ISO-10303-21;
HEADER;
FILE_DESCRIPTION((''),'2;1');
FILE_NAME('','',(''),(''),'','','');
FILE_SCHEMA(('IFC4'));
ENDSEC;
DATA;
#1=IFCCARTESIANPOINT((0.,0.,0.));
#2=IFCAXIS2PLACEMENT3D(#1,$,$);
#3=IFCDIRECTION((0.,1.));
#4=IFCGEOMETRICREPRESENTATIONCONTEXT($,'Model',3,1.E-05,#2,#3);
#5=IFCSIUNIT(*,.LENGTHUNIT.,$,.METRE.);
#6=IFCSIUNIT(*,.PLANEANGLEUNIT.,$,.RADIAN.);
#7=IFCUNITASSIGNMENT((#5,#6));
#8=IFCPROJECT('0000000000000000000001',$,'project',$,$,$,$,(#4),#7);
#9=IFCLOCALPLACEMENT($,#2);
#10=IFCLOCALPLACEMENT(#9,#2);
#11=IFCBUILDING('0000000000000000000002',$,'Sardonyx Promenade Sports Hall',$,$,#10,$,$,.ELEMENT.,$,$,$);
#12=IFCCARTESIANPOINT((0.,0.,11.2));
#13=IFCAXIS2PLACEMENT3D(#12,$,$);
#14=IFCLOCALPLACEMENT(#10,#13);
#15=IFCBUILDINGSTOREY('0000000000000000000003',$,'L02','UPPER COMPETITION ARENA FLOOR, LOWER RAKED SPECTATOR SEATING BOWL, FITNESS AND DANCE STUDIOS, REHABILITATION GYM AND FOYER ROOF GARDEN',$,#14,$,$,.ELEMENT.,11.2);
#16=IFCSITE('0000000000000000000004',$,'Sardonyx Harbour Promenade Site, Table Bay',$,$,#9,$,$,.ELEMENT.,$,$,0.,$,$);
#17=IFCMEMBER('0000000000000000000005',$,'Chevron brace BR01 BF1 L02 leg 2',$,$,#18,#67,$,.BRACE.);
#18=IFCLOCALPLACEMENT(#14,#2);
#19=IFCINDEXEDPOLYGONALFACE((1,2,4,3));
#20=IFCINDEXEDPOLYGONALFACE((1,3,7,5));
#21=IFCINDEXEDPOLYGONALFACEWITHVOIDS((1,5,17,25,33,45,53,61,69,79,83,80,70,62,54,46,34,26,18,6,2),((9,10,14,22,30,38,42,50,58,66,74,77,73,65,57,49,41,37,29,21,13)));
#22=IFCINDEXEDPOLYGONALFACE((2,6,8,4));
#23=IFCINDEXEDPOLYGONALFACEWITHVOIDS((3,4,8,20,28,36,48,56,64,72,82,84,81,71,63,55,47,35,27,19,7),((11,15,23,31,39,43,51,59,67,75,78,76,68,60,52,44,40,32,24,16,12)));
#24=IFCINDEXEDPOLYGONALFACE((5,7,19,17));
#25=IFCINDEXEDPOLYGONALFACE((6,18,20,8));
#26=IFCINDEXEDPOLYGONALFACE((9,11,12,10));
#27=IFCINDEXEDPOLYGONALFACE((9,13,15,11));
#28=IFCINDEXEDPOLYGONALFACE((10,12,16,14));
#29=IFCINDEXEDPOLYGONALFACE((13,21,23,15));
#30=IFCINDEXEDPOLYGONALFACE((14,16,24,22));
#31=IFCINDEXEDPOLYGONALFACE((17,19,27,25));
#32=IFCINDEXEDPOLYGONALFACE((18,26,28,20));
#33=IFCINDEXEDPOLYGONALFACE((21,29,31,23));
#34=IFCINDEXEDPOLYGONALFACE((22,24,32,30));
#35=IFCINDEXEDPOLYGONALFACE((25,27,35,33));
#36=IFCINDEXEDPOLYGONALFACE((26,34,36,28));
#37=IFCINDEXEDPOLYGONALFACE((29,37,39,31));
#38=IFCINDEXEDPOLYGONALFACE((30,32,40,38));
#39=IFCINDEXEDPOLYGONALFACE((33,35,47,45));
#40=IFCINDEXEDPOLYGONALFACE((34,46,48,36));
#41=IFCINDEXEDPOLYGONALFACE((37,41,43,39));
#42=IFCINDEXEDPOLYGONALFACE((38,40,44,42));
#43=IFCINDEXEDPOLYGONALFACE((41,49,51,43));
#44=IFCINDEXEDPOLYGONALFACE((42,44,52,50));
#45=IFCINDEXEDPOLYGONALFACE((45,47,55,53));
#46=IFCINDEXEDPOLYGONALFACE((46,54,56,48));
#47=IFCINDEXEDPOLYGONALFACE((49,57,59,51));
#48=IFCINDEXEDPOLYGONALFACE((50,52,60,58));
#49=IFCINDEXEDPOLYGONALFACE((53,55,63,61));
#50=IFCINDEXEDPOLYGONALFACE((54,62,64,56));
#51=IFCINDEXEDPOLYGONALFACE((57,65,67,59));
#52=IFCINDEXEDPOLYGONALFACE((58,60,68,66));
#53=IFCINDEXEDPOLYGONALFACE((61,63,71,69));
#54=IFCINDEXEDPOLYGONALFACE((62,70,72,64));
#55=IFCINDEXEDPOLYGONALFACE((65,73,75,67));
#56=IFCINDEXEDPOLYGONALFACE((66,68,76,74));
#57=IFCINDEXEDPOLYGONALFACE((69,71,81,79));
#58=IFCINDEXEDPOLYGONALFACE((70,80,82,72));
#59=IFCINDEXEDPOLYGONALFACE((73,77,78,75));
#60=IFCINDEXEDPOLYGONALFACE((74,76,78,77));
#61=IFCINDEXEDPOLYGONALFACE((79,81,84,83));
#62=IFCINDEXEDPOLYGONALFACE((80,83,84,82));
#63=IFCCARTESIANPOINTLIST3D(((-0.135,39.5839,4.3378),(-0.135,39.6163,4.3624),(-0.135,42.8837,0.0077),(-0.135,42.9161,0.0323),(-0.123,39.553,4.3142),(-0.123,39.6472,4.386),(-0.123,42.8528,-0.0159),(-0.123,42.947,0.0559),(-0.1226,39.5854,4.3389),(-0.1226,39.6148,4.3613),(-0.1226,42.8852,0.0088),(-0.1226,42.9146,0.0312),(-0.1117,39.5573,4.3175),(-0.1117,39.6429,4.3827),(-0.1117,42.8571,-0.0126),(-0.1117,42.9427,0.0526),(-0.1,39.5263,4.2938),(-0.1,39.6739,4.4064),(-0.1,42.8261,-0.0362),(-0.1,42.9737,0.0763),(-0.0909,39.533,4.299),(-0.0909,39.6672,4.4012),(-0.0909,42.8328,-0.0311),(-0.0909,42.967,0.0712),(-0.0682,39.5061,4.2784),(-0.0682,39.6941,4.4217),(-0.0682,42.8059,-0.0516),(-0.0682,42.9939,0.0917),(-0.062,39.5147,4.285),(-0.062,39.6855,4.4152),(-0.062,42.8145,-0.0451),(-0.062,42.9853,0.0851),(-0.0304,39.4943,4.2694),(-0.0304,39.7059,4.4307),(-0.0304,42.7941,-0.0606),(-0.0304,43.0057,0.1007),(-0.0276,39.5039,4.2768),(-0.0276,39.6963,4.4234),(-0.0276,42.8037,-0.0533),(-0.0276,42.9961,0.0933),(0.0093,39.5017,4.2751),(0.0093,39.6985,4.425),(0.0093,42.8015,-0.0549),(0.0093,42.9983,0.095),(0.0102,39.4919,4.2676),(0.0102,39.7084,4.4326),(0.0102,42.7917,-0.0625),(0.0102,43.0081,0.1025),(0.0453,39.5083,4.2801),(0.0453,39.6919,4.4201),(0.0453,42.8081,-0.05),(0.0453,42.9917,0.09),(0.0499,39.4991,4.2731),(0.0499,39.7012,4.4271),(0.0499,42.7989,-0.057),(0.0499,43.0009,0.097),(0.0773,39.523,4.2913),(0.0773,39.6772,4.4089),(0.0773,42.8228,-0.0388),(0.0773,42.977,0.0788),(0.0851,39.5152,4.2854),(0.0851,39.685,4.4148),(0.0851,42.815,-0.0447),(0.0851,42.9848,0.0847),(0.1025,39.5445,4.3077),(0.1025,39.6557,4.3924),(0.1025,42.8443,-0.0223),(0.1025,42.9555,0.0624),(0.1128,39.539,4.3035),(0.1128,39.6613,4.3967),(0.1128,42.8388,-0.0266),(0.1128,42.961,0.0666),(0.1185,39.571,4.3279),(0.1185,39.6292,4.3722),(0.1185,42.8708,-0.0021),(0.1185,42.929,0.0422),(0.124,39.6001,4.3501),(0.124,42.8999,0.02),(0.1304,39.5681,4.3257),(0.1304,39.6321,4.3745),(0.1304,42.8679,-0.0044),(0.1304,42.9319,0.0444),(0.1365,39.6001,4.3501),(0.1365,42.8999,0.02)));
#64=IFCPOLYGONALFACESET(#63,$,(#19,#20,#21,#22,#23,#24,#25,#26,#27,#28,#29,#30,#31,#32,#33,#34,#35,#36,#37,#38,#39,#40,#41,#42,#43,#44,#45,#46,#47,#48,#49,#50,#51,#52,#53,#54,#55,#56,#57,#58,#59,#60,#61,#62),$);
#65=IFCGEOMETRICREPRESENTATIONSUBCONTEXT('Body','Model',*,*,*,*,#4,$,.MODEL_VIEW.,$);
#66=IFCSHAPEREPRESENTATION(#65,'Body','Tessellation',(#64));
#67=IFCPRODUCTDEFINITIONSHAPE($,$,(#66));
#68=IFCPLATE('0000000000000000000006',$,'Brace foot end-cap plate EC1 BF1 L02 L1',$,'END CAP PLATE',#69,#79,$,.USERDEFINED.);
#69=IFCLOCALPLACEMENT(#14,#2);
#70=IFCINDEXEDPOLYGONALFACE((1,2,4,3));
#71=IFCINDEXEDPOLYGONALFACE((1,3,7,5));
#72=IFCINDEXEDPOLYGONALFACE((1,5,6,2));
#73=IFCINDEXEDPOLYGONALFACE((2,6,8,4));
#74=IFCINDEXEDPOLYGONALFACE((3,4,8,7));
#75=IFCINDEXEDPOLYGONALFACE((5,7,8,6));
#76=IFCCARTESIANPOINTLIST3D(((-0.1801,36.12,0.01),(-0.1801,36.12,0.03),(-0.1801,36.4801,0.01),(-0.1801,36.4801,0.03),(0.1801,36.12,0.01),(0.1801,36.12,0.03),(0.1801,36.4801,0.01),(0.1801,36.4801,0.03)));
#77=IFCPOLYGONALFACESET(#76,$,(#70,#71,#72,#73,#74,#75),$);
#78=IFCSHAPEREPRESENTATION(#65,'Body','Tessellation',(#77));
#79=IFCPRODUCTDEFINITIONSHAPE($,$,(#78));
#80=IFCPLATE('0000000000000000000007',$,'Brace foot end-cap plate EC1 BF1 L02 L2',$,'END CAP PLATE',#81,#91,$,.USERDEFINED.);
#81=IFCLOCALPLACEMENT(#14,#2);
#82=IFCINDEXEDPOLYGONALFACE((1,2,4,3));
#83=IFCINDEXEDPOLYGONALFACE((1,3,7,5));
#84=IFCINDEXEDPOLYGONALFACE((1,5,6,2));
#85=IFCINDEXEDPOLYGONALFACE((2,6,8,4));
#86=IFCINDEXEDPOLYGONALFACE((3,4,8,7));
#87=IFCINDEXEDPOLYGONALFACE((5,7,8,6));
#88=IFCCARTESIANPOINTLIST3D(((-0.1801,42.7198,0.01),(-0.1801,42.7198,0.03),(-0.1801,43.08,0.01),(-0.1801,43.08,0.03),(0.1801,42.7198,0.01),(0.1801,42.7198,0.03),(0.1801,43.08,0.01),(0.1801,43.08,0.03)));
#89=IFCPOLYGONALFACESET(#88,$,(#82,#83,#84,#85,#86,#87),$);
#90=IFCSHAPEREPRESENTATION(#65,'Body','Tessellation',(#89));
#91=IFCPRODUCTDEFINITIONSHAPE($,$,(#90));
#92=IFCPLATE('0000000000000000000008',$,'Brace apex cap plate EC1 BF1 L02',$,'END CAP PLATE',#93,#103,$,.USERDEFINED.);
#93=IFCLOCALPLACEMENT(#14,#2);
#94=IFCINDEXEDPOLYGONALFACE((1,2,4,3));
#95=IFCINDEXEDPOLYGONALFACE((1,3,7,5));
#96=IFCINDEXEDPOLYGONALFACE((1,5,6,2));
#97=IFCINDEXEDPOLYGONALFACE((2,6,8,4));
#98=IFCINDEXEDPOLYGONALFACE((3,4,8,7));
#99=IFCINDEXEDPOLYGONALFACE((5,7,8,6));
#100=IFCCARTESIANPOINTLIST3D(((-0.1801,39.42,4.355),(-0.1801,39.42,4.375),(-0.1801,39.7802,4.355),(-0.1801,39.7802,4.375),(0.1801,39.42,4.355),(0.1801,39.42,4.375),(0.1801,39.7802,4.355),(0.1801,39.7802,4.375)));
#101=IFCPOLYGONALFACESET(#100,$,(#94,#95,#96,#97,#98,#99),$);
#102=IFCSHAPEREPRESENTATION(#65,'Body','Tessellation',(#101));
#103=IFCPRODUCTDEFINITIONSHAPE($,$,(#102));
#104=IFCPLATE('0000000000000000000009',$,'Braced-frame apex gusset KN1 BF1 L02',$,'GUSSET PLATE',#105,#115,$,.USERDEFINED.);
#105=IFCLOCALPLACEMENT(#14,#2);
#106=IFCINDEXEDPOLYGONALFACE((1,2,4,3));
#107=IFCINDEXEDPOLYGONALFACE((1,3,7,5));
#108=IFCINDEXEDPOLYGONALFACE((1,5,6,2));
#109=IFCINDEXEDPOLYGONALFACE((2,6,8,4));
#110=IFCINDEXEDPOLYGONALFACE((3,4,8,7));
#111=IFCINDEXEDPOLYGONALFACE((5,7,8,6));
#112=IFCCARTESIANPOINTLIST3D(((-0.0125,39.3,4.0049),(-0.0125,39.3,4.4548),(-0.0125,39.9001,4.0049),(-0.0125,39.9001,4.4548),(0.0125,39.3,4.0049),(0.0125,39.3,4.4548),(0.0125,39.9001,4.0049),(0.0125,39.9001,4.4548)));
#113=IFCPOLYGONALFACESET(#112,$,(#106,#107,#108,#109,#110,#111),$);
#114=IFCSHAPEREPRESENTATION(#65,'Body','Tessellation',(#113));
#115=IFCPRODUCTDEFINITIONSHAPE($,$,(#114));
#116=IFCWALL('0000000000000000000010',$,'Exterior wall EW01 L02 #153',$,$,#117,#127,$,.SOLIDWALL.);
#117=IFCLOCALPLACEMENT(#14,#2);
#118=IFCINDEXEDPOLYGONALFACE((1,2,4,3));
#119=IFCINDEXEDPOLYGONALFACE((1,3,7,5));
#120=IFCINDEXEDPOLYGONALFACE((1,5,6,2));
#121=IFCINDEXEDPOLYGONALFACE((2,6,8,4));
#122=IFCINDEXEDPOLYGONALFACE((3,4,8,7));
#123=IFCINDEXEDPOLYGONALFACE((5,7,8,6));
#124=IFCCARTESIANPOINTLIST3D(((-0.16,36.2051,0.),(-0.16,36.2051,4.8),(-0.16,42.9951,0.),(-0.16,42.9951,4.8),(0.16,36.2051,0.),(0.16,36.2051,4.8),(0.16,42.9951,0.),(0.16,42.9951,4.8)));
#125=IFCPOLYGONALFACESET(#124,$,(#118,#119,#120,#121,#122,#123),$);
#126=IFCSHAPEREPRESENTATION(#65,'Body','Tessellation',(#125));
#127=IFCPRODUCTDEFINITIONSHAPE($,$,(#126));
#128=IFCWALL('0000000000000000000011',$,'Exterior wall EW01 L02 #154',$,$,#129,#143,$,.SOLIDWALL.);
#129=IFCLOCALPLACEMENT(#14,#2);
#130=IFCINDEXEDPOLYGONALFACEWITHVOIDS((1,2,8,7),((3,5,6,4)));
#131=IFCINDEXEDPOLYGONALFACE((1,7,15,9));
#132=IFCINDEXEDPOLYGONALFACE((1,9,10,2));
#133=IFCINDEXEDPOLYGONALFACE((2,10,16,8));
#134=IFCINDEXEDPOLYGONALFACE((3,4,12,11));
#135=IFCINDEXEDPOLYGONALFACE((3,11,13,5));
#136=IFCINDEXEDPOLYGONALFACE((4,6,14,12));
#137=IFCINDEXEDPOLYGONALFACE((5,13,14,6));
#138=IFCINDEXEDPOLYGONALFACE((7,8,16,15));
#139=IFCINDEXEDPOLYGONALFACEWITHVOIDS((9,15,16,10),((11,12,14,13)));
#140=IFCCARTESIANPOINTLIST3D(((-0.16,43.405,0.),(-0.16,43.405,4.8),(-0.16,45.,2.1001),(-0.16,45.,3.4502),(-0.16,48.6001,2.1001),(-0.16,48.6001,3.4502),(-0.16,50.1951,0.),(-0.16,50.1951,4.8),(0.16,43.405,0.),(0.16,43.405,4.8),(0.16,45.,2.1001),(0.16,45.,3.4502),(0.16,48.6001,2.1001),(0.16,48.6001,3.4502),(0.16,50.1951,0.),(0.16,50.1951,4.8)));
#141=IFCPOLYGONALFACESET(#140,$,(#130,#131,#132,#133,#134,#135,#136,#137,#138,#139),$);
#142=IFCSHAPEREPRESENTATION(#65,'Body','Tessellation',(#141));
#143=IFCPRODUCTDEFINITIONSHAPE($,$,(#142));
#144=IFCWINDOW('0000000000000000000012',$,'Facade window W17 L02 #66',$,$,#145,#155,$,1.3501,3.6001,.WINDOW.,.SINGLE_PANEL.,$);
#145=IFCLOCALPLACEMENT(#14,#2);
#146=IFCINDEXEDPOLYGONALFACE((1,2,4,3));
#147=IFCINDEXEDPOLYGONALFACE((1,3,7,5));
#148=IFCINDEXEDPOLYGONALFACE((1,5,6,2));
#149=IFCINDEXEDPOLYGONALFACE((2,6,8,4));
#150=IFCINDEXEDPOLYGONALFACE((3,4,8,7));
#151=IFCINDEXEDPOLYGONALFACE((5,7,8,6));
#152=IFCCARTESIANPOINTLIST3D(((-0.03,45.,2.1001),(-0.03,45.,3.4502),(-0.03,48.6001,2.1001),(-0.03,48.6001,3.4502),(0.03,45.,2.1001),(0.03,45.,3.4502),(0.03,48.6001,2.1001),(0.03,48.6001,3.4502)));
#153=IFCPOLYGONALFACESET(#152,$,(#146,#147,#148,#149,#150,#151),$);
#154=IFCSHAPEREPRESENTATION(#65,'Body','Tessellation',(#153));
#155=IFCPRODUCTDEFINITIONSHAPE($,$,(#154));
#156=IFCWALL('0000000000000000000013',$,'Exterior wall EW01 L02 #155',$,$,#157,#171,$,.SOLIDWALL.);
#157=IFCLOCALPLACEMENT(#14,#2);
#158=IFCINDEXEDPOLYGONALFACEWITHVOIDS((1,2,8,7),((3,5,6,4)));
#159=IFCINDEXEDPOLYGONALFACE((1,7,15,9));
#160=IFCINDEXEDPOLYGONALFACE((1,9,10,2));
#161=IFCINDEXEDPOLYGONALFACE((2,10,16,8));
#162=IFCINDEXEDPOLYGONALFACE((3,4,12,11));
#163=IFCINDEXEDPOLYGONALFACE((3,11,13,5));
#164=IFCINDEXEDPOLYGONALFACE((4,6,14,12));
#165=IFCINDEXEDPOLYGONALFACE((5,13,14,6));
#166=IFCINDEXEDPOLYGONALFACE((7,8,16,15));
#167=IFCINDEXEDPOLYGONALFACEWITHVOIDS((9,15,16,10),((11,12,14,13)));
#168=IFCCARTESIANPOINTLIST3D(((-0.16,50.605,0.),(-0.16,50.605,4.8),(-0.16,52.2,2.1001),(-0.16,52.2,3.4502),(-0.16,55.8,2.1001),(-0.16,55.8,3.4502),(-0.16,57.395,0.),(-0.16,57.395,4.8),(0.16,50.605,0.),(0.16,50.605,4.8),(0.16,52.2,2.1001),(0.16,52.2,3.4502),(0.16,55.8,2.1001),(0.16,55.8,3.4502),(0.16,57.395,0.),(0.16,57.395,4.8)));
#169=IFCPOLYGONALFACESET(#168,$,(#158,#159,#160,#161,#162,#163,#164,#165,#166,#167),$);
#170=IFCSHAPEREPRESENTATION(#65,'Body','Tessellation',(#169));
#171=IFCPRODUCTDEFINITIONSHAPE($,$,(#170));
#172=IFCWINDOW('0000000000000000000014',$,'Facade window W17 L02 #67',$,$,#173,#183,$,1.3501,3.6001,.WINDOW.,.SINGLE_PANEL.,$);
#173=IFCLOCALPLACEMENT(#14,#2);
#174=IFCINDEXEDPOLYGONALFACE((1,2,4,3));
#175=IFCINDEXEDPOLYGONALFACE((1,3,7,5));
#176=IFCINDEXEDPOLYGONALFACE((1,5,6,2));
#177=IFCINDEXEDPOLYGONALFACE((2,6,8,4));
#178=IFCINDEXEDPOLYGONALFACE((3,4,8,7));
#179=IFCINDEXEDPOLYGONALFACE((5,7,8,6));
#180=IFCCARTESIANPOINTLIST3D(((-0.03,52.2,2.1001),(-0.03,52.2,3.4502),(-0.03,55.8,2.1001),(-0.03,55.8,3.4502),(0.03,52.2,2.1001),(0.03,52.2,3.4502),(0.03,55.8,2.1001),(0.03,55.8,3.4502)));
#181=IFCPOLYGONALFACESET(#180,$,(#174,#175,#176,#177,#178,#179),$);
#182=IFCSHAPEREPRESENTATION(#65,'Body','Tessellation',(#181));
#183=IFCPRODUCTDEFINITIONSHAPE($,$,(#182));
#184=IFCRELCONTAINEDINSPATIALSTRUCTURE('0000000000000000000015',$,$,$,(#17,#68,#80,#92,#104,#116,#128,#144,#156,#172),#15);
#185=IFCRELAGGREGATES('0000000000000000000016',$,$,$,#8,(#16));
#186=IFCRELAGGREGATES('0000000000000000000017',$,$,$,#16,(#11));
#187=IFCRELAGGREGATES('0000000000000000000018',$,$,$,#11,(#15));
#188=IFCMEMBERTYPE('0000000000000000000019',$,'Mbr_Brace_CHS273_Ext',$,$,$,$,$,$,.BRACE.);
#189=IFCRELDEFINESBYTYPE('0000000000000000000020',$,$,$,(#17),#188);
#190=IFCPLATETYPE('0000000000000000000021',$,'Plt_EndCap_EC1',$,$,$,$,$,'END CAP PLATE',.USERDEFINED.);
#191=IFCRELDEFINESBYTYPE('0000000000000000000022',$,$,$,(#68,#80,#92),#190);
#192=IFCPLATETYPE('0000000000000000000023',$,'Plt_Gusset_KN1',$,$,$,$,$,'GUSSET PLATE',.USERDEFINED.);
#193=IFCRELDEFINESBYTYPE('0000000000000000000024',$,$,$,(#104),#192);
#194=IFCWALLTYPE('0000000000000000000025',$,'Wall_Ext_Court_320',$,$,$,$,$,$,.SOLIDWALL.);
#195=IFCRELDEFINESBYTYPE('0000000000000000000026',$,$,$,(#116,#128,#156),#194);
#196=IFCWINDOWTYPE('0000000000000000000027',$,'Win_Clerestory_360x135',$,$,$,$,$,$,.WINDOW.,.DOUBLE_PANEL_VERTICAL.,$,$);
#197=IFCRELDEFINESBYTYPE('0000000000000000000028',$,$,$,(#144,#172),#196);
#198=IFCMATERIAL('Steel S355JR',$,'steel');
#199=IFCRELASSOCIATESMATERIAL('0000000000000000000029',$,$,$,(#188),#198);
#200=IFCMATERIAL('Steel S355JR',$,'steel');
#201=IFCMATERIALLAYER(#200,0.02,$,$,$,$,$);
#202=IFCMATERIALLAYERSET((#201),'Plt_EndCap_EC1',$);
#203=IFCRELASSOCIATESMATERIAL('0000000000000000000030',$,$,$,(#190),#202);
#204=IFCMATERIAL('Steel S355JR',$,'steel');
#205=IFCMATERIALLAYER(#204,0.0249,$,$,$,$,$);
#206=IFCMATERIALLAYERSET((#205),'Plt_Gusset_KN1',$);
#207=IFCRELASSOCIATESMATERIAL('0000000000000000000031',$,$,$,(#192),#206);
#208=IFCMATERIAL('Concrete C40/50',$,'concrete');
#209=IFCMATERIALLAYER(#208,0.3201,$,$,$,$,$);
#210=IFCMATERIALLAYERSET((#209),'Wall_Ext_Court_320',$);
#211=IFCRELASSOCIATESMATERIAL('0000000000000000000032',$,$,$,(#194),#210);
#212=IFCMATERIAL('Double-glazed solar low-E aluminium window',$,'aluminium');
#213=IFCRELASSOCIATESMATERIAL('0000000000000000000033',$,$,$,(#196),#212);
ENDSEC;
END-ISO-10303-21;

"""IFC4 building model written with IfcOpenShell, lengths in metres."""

from ifc_helpers import new_model, si_unit, direction, frame, frame_2d, origin, origin_2d, place, context, subcontext, project, spatial, rectangle, hollow_circle, extrude, material, layer, layer_set, material_profile, profile_set, type_object, element, fill, save


model = new_model("IFC4")

# Units and contexts
model_context = context("Model", 3, precision=1e-05, world=origin(), true_north=direction((0.0, 1.0)))
body_context = subcontext(model_context, "Body", "Model", "MODEL_VIEW")
ifc_project = project(units=[si_unit("LENGTHUNIT", "METRE"), si_unit("PLANEANGLEUNIT", "RADIAN")], contexts=[model_context])

# Site, building, storey
site_placement = place(None, origin())
site = spatial("IfcSite", under=ifc_project, at=site_placement, Name="Sardonyx Harbour Promenade Site, Table Bay", CompositionType="ELEMENT", RefElevation=0.0)
building_placement = place(site_placement, origin())
building = spatial("IfcBuilding", under=site, at=building_placement, Name="Sardonyx Promenade Sports Hall", CompositionType="ELEMENT")
storey_placement = place(building_placement, frame((0.0, 0.0, 11.2)))
storey = spatial("IfcBuildingStorey", under=building, at=storey_placement, Name="L02", Description="UPPER COMPETITION ARENA FLOOR, LOWER RAKED SPECTATOR SEATING BOWL, FITNESS AND DANCE STUDIOS, REHABILITATION GYM AND FOYER ROOF GARDEN", CompositionType="ELEMENT", Elevation=11.2)

# Member
ifc_material_1 = material(Name="Steel S355JR", Category="steel")
ifc_material_profile_1 = material_profile(ifc_material_1, hollow_circle(Radius=0.1365, WallThickness=0.0125, at=origin_2d()))
ifc_profile_set_1 = profile_set([ifc_material_profile_1], Name="Steel S355JR")
member_type = type_object("IfcMemberType", Name="Mbr_Brace_CHS273_Ext", PredefinedType="BRACE", material=ifc_profile_set_1)
member_1_placement = place(storey_placement, frame((0.0, 42.8999, 0.02), z_axis=(0.0, -0.606124, 0.79537), x_axis=(1.0, 0.0, 0.0)))
element("IfcMember", 1, at=member_1_placement, inside=storey, type_object=member_type, Name="Chevron brace BR01 BF1 L02 leg 2", PredefinedType="BRACE", context=body_context, shape_type="SweptSolid", body=[
    extrude(hollow_circle(Radius=0.1365, WallThickness=0.0125, at=origin_2d()), origin(), (0.0, 0.0, 1.0), 5.4441),
])

# Plates
ifc_material_2 = material(Name="Steel S355JR", Category="steel")
ifc_layer_1 = layer(ifc_material_2, 0.02)
ifc_layer_set_1 = layer_set([ifc_layer_1], Name="Plt_EndCap_EC1")
plate_type_1 = type_object("IfcPlateType", Name="Plt_EndCap_EC1", ElementType="END CAP PLATE", PredefinedType="USERDEFINED", material=ifc_layer_set_1)
for number, where, z_axis, x_axis, name in (
    (2, (0.0, 36.3, 0.01), (0.0, 0.0, 1.0), (1.0, 0.0, 0.0), "Brace foot end-cap plate EC1 BF1 L02 L1"),
    (3, (0.0, 42.8999, 0.01), (0.0, 0.0, 1.0), (1.0, 0.0, 0.0), "Brace foot end-cap plate EC1 BF1 L02 L2"),
    (4, (0.0, 39.6001, 4.355), (0.0, 0.0, 1.0), (1.0, 0.0, 0.0), "Brace apex cap plate EC1 BF1 L02"),
):
    element("IfcPlate", number, at=place(storey_placement, frame(where, z_axis=z_axis, x_axis=x_axis)), inside=storey, type_object=plate_type_1, Name=name, ObjectType="END CAP PLATE", PredefinedType="USERDEFINED", context=body_context, shape_type="SweptSolid", body=[
        extrude(rectangle(XDim=0.3601, YDim=0.3601, at=origin_2d()), origin(), (0.0, 0.0, 1.0), 0.02),
    ])
ifc_material_3 = material(Name="Steel S355JR", Category="steel")
ifc_layer_2 = layer(ifc_material_3, 0.0249)
ifc_layer_set_2 = layer_set([ifc_layer_2], Name="Plt_Gusset_KN1")
plate_type_2 = type_object("IfcPlateType", Name="Plt_Gusset_KN1", ElementType="GUSSET PLATE", PredefinedType="USERDEFINED", material=ifc_layer_set_2)
plate_placement = place(storey_placement, frame((0.0, 39.6001, 4.0049), z_axis=(0.0, 0.0, 1.0), x_axis=(0.0, 1.0, 0.0)))
element("IfcPlate", 5, at=plate_placement, inside=storey, type_object=plate_type_2, Name="Braced-frame apex gusset KN1 BF1 L02", ObjectType="GUSSET PLATE", PredefinedType="USERDEFINED", context=body_context, shape_type="SweptSolid", body=[
    extrude(rectangle(XDim=0.6001, YDim=0.0249, at=origin_2d()), origin(), (0.0, 0.0, 1.0), 0.45),
])

# Wall
ifc_material_4 = material(Name="Concrete C40/50", Category="concrete")
ifc_layer_3 = layer(ifc_material_4, 0.3201)
ifc_layer_set_3 = layer_set([ifc_layer_3], Name="Wall_Ext_Court_320")
wall_type_1 = type_object("IfcWallType", Name="Wall_Ext_Court_320", PredefinedType="SOLIDWALL", material=ifc_layer_set_3)
wall_1_placement = place(storey_placement, frame((0.0, 36.2051, 0.0), z_axis=(0.0, 0.0, 1.0), x_axis=(0.0, 1.0, 0.0)))
element("IfcWall", 6, at=wall_1_placement, inside=storey, type_object=wall_type_1, Name="Exterior wall EW01 L02 #153", PredefinedType="SOLIDWALL", context=body_context, shape_type="SweptSolid", body=[
    extrude(rectangle(XDim=6.79, YDim=0.3201, at=frame_2d((3.395, 0.0))), origin(), (0.0, 0.0, 1.0), 4.8),
])

# Walls, openings, windows
wall_2_placement = place(storey_placement, frame((0.0, 43.405, 0.0), z_axis=(0.0, 0.0, 1.0), x_axis=(0.0, 1.0, 0.0)))
wall_2 = element("IfcWall", 7, at=wall_2_placement, inside=storey, type_object=wall_type_1, Name="Exterior wall EW01 L02 #154", PredefinedType="SOLIDWALL", context=body_context, shape_type="SweptSolid", body=[
    extrude(rectangle(XDim=6.79, YDim=0.3201, at=frame_2d((3.395, 0.0))), origin(), (0.0, 0.0, 1.0), 4.8),
])
opening_1_placement = place(wall_2_placement, frame((1.595, 0.0, 2.1001)))
opening_1 = element("IfcOpeningElement", 8, at=opening_1_placement, cuts=wall_2, PredefinedType="OPENING", context=body_context, shape_type="SweptSolid", body=[
    extrude(rectangle(XDim=3.6001, YDim=1.3501, at=frame_2d((1.8, 0.675))), frame((0.0, 0.17, 0.0), z_axis=(0.0, -1.0, 0.0), x_axis=(1.0, 0.0, 0.0)), (0.0, 0.0, 1.0), 0.34),
])
ifc_material_5 = material(Name="Double-glazed solar low-E aluminium window", Category="aluminium")
window_type_1 = type_object("IfcWindowType", Name="Win_Clerestory_360x135", PartitioningType="DOUBLE_PANEL_VERTICAL", PredefinedType="WINDOW", material=ifc_material_5)
window_1_placement = place(opening_1_placement, origin())
window_1 = element("IfcWindow", 9, at=window_1_placement, inside=storey, type_object=window_type_1, Name="Facade window W17 L02 #66", OverallHeight=1.3501, OverallWidth=3.6001, PartitioningType="SINGLE_PANEL", PredefinedType="WINDOW", context=body_context, shape_type="SweptSolid", body=[
    extrude(rectangle(XDim=3.6001, YDim=1.3501, at=frame_2d((1.8, 0.675))), frame((0.0, 0.03, 0.0), z_axis=(0.0, -1.0, 0.0), x_axis=(1.0, 0.0, 0.0)), (0.0, 0.0, 1.0), 0.0601),
])
fill(opening_1, window_1)
wall_3_placement = place(storey_placement, frame((0.0, 50.605, 0.0), z_axis=(0.0, 0.0, 1.0), x_axis=(0.0, 1.0, 0.0)))
wall_3 = element("IfcWall", 10, at=wall_3_placement, inside=storey, type_object=wall_type_1, Name="Exterior wall EW01 L02 #155", PredefinedType="SOLIDWALL", context=body_context, shape_type="SweptSolid", body=[
    extrude(rectangle(XDim=6.79, YDim=0.3201, at=frame_2d((3.395, 0.0))), origin(), (0.0, 0.0, 1.0), 4.8),
])
opening_2_placement = place(wall_3_placement, frame((1.595, 0.0, 2.1001)))
opening_2 = element("IfcOpeningElement", 11, at=opening_2_placement, cuts=wall_3, PredefinedType="OPENING", context=body_context, shape_type="SweptSolid", body=[
    extrude(rectangle(XDim=3.6001, YDim=1.3501, at=frame_2d((1.8, 0.675))), frame((0.0, 0.17, 0.0), z_axis=(0.0, -1.0, 0.0), x_axis=(1.0, 0.0, 0.0)), (0.0, 0.0, 1.0), 0.34),
])
window_2_placement = place(opening_2_placement, origin())
window_2 = element("IfcWindow", 12, at=window_2_placement, inside=storey, type_object=window_type_1, Name="Facade window W17 L02 #67", OverallHeight=1.3501, OverallWidth=3.6001, PartitioningType="SINGLE_PANEL", PredefinedType="WINDOW", context=body_context, shape_type="SweptSolid", body=[
    extrude(rectangle(XDim=3.6001, YDim=1.3501, at=frame_2d((1.8, 0.675))), frame((0.0, 0.03, 0.0), z_axis=(0.0, -1.0, 0.0), x_axis=(1.0, 0.0, 0.0)), (0.0, 0.0, 1.0), 0.0601),
])
fill(opening_2, window_2)

save(model, "model.ifc")
